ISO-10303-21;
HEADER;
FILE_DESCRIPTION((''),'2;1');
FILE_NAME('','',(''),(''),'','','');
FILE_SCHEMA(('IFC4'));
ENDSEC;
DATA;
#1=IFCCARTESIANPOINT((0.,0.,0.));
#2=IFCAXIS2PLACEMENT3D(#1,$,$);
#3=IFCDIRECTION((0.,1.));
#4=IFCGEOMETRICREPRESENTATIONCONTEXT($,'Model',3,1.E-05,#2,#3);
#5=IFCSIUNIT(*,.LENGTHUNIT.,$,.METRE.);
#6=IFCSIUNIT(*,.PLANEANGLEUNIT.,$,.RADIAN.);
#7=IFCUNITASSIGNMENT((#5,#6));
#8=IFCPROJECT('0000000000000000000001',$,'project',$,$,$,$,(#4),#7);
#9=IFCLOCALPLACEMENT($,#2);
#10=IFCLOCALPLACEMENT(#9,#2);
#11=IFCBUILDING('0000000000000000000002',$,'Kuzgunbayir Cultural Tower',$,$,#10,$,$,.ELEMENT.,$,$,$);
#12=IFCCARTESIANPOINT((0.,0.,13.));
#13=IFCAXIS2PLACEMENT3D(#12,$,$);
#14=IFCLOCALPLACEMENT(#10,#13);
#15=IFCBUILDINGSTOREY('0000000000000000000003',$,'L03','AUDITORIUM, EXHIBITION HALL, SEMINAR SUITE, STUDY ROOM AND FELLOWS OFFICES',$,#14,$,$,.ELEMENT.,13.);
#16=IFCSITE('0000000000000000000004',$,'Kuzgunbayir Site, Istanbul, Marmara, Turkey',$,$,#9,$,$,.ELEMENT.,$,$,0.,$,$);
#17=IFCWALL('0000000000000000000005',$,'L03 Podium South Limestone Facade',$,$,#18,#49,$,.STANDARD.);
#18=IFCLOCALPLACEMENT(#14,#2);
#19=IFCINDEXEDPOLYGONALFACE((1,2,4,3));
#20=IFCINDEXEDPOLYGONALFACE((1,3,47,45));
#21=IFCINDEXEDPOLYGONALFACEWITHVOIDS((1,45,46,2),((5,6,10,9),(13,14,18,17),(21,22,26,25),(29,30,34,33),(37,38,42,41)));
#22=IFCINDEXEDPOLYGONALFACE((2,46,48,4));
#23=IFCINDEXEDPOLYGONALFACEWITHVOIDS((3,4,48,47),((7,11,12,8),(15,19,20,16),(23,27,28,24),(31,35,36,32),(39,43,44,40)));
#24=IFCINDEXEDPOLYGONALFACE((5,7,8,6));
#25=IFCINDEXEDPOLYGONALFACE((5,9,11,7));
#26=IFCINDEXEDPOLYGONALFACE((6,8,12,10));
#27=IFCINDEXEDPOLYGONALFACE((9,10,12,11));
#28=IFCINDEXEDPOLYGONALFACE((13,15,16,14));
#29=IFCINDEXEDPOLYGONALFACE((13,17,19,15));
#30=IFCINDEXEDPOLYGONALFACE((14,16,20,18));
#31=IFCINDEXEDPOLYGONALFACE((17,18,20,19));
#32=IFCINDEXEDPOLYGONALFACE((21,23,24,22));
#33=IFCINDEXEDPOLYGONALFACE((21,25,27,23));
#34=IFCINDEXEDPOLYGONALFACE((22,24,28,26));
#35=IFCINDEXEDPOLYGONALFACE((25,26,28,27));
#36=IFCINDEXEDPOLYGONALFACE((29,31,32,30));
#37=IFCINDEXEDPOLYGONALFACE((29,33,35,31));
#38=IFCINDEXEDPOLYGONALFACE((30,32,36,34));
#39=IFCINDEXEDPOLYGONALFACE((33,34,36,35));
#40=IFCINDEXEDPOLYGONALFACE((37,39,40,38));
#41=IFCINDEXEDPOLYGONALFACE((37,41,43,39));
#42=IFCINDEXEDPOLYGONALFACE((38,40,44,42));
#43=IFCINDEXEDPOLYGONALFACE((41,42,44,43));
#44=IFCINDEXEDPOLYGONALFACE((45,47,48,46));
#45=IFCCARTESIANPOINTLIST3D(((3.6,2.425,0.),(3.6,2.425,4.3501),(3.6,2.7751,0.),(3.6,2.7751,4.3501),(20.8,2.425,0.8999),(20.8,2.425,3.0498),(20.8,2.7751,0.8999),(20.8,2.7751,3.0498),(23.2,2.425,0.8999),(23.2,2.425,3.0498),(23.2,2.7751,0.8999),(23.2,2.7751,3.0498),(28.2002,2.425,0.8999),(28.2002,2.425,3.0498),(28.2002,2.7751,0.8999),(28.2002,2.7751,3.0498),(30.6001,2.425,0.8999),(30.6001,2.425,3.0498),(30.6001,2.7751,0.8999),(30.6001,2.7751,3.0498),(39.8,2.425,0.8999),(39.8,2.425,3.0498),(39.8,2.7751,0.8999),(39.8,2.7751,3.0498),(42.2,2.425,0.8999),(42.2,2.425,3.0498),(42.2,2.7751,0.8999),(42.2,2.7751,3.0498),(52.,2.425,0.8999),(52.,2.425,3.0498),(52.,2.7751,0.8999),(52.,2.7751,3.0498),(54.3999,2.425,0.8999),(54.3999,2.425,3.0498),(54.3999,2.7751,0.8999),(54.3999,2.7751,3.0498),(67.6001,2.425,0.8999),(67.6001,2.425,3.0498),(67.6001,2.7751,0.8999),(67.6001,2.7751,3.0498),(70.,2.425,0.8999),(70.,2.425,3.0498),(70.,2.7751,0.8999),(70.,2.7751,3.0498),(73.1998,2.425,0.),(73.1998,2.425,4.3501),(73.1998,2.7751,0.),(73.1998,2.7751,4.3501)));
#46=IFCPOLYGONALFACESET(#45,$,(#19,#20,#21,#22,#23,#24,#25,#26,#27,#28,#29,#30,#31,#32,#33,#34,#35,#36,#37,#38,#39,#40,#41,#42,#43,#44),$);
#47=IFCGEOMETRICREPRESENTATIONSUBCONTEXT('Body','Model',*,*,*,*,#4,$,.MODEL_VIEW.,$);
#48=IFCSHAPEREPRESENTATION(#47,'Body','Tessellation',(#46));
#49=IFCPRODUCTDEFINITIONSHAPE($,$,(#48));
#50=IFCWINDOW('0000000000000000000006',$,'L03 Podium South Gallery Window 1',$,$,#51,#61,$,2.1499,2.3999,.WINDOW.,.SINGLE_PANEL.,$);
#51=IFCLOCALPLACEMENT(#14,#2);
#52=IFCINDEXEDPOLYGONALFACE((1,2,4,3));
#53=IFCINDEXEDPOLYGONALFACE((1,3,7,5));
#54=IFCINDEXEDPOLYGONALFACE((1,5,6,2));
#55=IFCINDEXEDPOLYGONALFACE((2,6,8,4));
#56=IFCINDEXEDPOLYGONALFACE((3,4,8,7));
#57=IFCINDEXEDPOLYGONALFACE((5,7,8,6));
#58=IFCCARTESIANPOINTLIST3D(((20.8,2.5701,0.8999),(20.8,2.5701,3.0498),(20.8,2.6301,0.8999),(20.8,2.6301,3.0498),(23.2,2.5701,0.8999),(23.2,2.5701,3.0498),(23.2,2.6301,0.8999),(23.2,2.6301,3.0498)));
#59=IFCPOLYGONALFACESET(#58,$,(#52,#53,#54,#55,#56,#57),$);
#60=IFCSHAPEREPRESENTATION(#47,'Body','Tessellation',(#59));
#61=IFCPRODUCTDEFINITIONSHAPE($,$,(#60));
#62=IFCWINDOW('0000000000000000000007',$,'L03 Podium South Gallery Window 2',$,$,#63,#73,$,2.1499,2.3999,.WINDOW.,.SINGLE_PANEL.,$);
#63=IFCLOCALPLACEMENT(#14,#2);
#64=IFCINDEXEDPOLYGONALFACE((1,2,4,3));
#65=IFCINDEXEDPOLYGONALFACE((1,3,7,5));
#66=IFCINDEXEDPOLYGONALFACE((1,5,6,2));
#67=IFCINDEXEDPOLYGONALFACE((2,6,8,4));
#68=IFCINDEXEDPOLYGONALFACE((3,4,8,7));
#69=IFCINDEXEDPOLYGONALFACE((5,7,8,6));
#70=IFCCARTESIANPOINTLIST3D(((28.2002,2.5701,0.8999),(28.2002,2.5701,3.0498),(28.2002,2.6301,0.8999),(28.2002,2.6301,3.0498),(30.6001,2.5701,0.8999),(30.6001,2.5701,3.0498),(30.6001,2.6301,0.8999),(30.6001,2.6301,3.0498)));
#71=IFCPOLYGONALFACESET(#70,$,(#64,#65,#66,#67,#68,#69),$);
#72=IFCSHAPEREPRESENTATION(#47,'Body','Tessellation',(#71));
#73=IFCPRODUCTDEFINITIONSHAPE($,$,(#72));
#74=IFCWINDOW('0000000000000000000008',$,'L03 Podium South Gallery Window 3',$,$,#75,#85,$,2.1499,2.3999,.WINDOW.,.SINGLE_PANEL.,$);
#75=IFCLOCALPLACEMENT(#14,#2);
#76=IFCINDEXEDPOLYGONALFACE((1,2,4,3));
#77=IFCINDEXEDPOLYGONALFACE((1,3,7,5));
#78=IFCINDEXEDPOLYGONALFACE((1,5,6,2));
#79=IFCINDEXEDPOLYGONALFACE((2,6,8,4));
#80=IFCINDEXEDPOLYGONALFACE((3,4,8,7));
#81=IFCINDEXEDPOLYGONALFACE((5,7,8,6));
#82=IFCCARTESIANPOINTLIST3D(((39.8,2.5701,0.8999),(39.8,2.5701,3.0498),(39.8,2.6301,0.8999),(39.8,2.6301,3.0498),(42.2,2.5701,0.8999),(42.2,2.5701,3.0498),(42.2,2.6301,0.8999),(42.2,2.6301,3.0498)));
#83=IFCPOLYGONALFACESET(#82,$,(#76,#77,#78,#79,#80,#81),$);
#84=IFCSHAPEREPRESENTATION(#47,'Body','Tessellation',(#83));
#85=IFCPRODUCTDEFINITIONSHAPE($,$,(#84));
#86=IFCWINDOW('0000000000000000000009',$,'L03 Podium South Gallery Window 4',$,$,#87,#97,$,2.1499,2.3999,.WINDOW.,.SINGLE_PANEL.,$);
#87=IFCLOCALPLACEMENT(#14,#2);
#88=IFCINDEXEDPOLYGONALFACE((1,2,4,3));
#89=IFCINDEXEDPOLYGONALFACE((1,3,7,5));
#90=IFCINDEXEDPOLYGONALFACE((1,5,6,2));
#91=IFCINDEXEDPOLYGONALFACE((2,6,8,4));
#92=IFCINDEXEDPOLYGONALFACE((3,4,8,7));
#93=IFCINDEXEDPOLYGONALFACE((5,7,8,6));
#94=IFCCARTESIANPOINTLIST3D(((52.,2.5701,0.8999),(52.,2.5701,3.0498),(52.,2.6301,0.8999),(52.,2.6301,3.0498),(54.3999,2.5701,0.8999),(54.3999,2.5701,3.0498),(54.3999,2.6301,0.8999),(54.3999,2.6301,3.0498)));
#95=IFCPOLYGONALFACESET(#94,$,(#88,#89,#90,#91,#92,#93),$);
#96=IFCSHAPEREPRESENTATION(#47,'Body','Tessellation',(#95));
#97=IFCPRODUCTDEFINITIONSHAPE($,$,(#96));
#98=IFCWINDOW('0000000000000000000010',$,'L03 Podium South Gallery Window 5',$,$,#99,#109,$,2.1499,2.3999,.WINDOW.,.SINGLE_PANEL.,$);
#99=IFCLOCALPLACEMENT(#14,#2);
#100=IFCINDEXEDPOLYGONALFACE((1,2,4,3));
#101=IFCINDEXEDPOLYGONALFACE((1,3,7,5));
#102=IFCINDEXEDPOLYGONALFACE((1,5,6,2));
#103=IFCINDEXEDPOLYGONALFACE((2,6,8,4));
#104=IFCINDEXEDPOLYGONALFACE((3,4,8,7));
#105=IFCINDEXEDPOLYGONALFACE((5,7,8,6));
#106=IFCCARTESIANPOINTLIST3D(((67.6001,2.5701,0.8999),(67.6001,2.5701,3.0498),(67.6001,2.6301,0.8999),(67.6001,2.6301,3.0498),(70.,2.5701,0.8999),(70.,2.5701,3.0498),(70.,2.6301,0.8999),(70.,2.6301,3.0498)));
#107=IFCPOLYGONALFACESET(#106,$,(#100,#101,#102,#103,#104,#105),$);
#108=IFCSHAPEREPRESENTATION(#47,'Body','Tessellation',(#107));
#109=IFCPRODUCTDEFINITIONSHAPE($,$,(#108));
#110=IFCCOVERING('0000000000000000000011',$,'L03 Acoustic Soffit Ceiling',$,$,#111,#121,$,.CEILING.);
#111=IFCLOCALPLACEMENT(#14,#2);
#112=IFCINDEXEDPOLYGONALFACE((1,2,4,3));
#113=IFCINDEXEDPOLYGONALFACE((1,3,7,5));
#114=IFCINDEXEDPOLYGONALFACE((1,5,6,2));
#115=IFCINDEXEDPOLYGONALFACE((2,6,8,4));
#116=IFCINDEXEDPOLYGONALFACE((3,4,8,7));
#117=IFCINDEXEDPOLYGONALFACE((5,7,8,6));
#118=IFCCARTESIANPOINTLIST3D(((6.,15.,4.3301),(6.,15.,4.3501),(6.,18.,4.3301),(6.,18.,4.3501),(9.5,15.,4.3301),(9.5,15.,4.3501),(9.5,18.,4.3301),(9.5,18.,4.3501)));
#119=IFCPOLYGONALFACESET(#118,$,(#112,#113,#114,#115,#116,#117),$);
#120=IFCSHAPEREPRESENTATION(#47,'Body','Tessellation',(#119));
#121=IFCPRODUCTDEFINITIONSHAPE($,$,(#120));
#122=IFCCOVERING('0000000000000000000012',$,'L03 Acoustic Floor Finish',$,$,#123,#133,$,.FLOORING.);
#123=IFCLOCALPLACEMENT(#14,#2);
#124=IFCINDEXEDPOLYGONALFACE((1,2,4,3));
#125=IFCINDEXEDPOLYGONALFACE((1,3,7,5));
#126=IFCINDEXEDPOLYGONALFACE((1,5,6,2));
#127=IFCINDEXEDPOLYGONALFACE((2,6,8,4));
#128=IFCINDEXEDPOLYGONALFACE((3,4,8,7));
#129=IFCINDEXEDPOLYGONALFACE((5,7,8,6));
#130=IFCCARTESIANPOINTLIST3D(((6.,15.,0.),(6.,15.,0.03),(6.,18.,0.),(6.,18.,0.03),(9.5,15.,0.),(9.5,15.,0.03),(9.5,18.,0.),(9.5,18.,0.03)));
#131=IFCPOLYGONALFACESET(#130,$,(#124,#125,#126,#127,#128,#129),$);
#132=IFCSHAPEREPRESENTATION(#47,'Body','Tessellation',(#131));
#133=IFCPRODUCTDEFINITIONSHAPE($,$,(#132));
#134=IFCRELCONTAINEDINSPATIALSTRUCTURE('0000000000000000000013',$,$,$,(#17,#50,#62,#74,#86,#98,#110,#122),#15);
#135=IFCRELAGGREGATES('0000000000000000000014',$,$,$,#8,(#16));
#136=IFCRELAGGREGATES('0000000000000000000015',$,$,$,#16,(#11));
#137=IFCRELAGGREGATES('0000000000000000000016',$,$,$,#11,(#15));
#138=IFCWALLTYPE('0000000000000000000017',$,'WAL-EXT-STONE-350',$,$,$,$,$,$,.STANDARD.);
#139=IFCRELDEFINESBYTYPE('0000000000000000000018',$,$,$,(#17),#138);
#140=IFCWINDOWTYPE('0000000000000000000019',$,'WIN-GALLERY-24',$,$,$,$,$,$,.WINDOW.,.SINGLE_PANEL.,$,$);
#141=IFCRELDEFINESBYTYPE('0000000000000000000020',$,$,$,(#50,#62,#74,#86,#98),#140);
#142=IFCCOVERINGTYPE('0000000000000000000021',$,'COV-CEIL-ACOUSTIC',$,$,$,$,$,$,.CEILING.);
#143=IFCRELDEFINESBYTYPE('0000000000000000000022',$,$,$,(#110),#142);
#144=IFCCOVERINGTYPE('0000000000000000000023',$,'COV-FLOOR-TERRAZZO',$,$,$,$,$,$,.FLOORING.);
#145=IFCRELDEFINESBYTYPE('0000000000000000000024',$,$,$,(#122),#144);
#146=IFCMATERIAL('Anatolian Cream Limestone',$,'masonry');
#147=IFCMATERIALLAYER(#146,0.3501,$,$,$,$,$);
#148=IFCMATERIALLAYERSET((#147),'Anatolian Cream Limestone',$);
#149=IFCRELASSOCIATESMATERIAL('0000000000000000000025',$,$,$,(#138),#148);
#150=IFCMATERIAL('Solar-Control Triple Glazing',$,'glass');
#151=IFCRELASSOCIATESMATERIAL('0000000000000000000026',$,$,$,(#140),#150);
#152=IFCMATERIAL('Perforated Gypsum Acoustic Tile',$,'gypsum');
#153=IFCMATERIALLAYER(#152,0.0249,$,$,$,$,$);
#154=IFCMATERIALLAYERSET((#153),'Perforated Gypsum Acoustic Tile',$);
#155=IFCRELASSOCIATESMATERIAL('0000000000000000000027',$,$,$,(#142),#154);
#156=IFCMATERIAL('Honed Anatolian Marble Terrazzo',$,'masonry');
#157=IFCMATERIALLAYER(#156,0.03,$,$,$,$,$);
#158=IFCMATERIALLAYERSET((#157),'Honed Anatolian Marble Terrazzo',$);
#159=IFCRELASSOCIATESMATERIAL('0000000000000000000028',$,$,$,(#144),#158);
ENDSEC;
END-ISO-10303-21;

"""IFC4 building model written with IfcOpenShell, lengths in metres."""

from ifc_helpers import new_model, si_unit, direction, frame, frame_2d, origin, place, context, subcontext, project, spatial, polyline, rectangle, outline, extrude, material, layer, layer_set, type_object, element, fill, save


model = new_model("IFC4")

# Units and contexts
model_context = context("Model", 3, precision=1e-05, world=origin(), true_north=direction((0.0, 1.0)))
body_context = subcontext(model_context, "Body", "Model", "MODEL_VIEW")
ifc_project = project(units=[si_unit("LENGTHUNIT", "METRE"), si_unit("PLANEANGLEUNIT", "RADIAN")], contexts=[model_context])

# Site, building, storey
site_placement = place(None, origin())
site = spatial("IfcSite", under=ifc_project, at=site_placement, Name="Kuzgunbayir Site, Istanbul, Marmara, Turkey", CompositionType="ELEMENT", RefElevation=0.0)
building_placement = place(site_placement, origin())
building = spatial("IfcBuilding", under=site, at=building_placement, Name="Kuzgunbayir Cultural Tower", CompositionType="ELEMENT")
storey_placement = place(building_placement, frame((0.0, 0.0, 13.0)))
storey = spatial("IfcBuildingStorey", under=building, at=storey_placement, Name="L03", Description="AUDITORIUM, EXHIBITION HALL, SEMINAR SUITE, STUDY ROOM AND FELLOWS OFFICES", CompositionType="ELEMENT", Elevation=13.0)

# Shared definitions
ifc_material_1 = material(Name="Solar-Control Triple Glazing", Category="glass")

# Wall, openings, windows
ifc_material_2 = material(Name="Anatolian Cream Limestone", Category="masonry")
ifc_layer_1 = layer(ifc_material_2, 0.3501)
ifc_layer_set_1 = layer_set([ifc_layer_1], Name="Anatolian Cream Limestone")
wall_type = type_object("IfcWallType", Name="WAL-EXT-STONE-350", PredefinedType="STANDARD", material=ifc_layer_set_1)
wall_placement = place(storey_placement, frame((3.6001, 2.6001, 0.0), z_axis=(0.0, 0.0, 1.0), x_axis=(1.0, 0.0, 0.0)))
wall = element("IfcWall", 1, at=wall_placement, inside=storey, type_object=wall_type, Name="L03 Podium South Limestone Facade", PredefinedType="STANDARD", context=body_context, shape_type="SweptSolid", body=[
    extrude(rectangle(XDim=69.5999, YDim=0.3501, at=frame_2d((34.7998, 0.0))), origin(), (0.0, 0.0, 1.0), 4.3501),
])
opening_1_placement = place(wall_placement, frame((17.2, 0.0, 0.8999)))
opening_1 = element("IfcOpeningElement", 2, at=opening_1_placement, cuts=wall, PredefinedType="OPENING", context=body_context, shape_type="SweptSolid", body=[
    extrude(rectangle(XDim=2.3999, YDim=2.1499, at=frame_2d((1.2, 1.075))), frame((0.0, 0.1851, 0.0), z_axis=(0.0, -1.0, 0.0), x_axis=(1.0, 0.0, 0.0)), (0.0, 0.0, 1.0), 0.3701),
])
opening_2_placement = place(wall_placement, frame((24.6001, 0.0, 0.8999)))
opening_2 = element("IfcOpeningElement", 3, at=opening_2_placement, cuts=wall, PredefinedType="OPENING", context=body_context, shape_type="SweptSolid", body=[
    extrude(rectangle(XDim=2.3999, YDim=2.1499, at=frame_2d((1.2, 1.075))), frame((0.0, 0.1851, 0.0), z_axis=(0.0, -1.0, 0.0), x_axis=(1.0, 0.0, 0.0)), (0.0, 0.0, 1.0), 0.3701),
])
opening_3_placement = place(wall_placement, frame((36.2, 0.0, 0.8999)))
opening_3 = element("IfcOpeningElement", 4, at=opening_3_placement, cuts=wall, PredefinedType="OPENING", context=body_context, shape_type="SweptSolid", body=[
    extrude(rectangle(XDim=2.3999, YDim=2.1499, at=frame_2d((1.2, 1.075))), frame((0.0, 0.1851, 0.0), z_axis=(0.0, -1.0, 0.0), x_axis=(1.0, 0.0, 0.0)), (0.0, 0.0, 1.0), 0.3701),
])
opening_4_placement = place(wall_placement, frame((48.3999, 0.0, 0.8999)))
opening_4 = element("IfcOpeningElement", 5, at=opening_4_placement, cuts=wall, PredefinedType="OPENING", context=body_context, shape_type="SweptSolid", body=[
    extrude(rectangle(XDim=2.3999, YDim=2.1499, at=frame_2d((1.2, 1.075))), frame((0.0, 0.1851, 0.0), z_axis=(0.0, -1.0, 0.0), x_axis=(1.0, 0.0, 0.0)), (0.0, 0.0, 1.0), 0.3701),
])
opening_5_placement = place(wall_placement, frame((64.0, 0.0, 0.8999)))
opening_5 = element("IfcOpeningElement", 6, at=opening_5_placement, cuts=wall, PredefinedType="OPENING", context=body_context, shape_type="SweptSolid", body=[
    extrude(rectangle(XDim=2.3999, YDim=2.1499, at=frame_2d((1.2, 1.075))), frame((0.0, 0.1851, 0.0), z_axis=(0.0, -1.0, 0.0), x_axis=(1.0, 0.0, 0.0)), (0.0, 0.0, 1.0), 0.3701),
])
window_type = type_object("IfcWindowType", Name="WIN-GALLERY-24", PartitioningType="SINGLE_PANEL", PredefinedType="WINDOW", material=ifc_material_1)
window_1_placement = place(opening_1_placement, origin())
window_1 = element("IfcWindow", 7, at=window_1_placement, inside=storey, type_object=window_type, Name="L03 Podium South Gallery Window 1", OverallHeight=2.1499, OverallWidth=2.3999, PartitioningType="SINGLE_PANEL", PredefinedType="WINDOW", context=body_context, shape_type="SweptSolid", body=[
    extrude(rectangle(XDim=2.3999, YDim=2.1499, at=frame_2d((1.2, 1.075))), frame((0.0, 0.03, 0.0), z_axis=(0.0, -1.0, 0.0), x_axis=(1.0, 0.0, 0.0)), (0.0, 0.0, 1.0), 0.0601),
])
fill(opening_1, window_1)
window_2_placement = place(opening_2_placement, origin())
window_2 = element("IfcWindow", 8, at=window_2_placement, inside=storey, type_object=window_type, Name="L03 Podium South Gallery Window 2", OverallHeight=2.1499, OverallWidth=2.3999, PartitioningType="SINGLE_PANEL", PredefinedType="WINDOW", context=body_context, shape_type="SweptSolid", body=[
    extrude(rectangle(XDim=2.3999, YDim=2.1499, at=frame_2d((1.2, 1.075))), frame((0.0, 0.03, 0.0), z_axis=(0.0, -1.0, 0.0), x_axis=(1.0, 0.0, 0.0)), (0.0, 0.0, 1.0), 0.0601),
])
fill(opening_2, window_2)
window_3_placement = place(opening_3_placement, origin())
window_3 = element("IfcWindow", 9, at=window_3_placement, inside=storey, type_object=window_type, Name="L03 Podium South Gallery Window 3", OverallHeight=2.1499, OverallWidth=2.3999, PartitioningType="SINGLE_PANEL", PredefinedType="WINDOW", context=body_context, shape_type="SweptSolid", body=[
    extrude(rectangle(XDim=2.3999, YDim=2.1499, at=frame_2d((1.2, 1.075))), frame((0.0, 0.03, 0.0), z_axis=(0.0, -1.0, 0.0), x_axis=(1.0, 0.0, 0.0)), (0.0, 0.0, 1.0), 0.0601),
])
fill(opening_3, window_3)
window_4_placement = place(opening_4_placement, origin())
window_4 = element("IfcWindow", 10, at=window_4_placement, inside=storey, type_object=window_type, Name="L03 Podium South Gallery Window 4", OverallHeight=2.1499, OverallWidth=2.3999, PartitioningType="SINGLE_PANEL", PredefinedType="WINDOW", context=body_context, shape_type="SweptSolid", body=[
    extrude(rectangle(XDim=2.3999, YDim=2.1499, at=frame_2d((1.2, 1.075))), frame((0.0, 0.03, 0.0), z_axis=(0.0, -1.0, 0.0), x_axis=(1.0, 0.0, 0.0)), (0.0, 0.0, 1.0), 0.0601),
])
fill(opening_4, window_4)
window_5_placement = place(opening_5_placement, origin())
window_5 = element("IfcWindow", 11, at=window_5_placement, inside=storey, type_object=window_type, Name="L03 Podium South Gallery Window 5", OverallHeight=2.1499, OverallWidth=2.3999, PartitioningType="SINGLE_PANEL", PredefinedType="WINDOW", context=body_context, shape_type="SweptSolid", body=[
    extrude(rectangle(XDim=2.3999, YDim=2.1499, at=frame_2d((1.2, 1.075))), frame((0.0, 0.03, 0.0), z_axis=(0.0, -1.0, 0.0), x_axis=(1.0, 0.0, 0.0)), (0.0, 0.0, 1.0), 0.0601),
])
fill(opening_5, window_5)

# Coverings
ifc_material_3 = material(Name="Perforated Gypsum Acoustic Tile", Category="gypsum")
ifc_layer_2 = layer(ifc_material_3, 0.0249)
ifc_layer_set_2 = layer_set([ifc_layer_2], Name="Perforated Gypsum Acoustic Tile")
covering_type_1 = type_object("IfcCoveringType", Name="COV-CEIL-ACOUSTIC", PredefinedType="CEILING", material=ifc_layer_set_2)
covering_1_placement = place(storey_placement, frame((0.0, 0.0, 4.3301)))
element("IfcCovering", 12, at=covering_1_placement, inside=storey, type_object=covering_type_1, Name="L03 Acoustic Soffit Ceiling", PredefinedType="CEILING", context=body_context, shape_type="SweptSolid", body=[
    extrude(outline(polyline([(6.0, 15.0), (9.5, 15.0), (9.5, 18.0), (6.0, 18.0), (6.0, 15.0)])), origin(), (0.0, 0.0, 1.0), 0.02),
])
ifc_material_4 = material(Name="Honed Anatolian Marble Terrazzo", Category="masonry")
ifc_layer_3 = layer(ifc_material_4, 0.03)
ifc_layer_set_3 = layer_set([ifc_layer_3], Name="Honed Anatolian Marble Terrazzo")
covering_type_2 = type_object("IfcCoveringType", Name="COV-FLOOR-TERRAZZO", PredefinedType="FLOORING", material=ifc_layer_set_3)
covering_2_placement = place(storey_placement, origin())
element("IfcCovering", 13, at=covering_2_placement, inside=storey, type_object=covering_type_2, Name="L03 Acoustic Floor Finish", PredefinedType="FLOORING", context=body_context, shape_type="SweptSolid", body=[
    extrude(outline(polyline([(6.0, 15.0), (9.5, 15.0), (9.5, 18.0), (6.0, 18.0), (6.0, 15.0)])), origin(), (0.0, 0.0, 1.0), 0.03),
])

save(model, "model.ifc")
